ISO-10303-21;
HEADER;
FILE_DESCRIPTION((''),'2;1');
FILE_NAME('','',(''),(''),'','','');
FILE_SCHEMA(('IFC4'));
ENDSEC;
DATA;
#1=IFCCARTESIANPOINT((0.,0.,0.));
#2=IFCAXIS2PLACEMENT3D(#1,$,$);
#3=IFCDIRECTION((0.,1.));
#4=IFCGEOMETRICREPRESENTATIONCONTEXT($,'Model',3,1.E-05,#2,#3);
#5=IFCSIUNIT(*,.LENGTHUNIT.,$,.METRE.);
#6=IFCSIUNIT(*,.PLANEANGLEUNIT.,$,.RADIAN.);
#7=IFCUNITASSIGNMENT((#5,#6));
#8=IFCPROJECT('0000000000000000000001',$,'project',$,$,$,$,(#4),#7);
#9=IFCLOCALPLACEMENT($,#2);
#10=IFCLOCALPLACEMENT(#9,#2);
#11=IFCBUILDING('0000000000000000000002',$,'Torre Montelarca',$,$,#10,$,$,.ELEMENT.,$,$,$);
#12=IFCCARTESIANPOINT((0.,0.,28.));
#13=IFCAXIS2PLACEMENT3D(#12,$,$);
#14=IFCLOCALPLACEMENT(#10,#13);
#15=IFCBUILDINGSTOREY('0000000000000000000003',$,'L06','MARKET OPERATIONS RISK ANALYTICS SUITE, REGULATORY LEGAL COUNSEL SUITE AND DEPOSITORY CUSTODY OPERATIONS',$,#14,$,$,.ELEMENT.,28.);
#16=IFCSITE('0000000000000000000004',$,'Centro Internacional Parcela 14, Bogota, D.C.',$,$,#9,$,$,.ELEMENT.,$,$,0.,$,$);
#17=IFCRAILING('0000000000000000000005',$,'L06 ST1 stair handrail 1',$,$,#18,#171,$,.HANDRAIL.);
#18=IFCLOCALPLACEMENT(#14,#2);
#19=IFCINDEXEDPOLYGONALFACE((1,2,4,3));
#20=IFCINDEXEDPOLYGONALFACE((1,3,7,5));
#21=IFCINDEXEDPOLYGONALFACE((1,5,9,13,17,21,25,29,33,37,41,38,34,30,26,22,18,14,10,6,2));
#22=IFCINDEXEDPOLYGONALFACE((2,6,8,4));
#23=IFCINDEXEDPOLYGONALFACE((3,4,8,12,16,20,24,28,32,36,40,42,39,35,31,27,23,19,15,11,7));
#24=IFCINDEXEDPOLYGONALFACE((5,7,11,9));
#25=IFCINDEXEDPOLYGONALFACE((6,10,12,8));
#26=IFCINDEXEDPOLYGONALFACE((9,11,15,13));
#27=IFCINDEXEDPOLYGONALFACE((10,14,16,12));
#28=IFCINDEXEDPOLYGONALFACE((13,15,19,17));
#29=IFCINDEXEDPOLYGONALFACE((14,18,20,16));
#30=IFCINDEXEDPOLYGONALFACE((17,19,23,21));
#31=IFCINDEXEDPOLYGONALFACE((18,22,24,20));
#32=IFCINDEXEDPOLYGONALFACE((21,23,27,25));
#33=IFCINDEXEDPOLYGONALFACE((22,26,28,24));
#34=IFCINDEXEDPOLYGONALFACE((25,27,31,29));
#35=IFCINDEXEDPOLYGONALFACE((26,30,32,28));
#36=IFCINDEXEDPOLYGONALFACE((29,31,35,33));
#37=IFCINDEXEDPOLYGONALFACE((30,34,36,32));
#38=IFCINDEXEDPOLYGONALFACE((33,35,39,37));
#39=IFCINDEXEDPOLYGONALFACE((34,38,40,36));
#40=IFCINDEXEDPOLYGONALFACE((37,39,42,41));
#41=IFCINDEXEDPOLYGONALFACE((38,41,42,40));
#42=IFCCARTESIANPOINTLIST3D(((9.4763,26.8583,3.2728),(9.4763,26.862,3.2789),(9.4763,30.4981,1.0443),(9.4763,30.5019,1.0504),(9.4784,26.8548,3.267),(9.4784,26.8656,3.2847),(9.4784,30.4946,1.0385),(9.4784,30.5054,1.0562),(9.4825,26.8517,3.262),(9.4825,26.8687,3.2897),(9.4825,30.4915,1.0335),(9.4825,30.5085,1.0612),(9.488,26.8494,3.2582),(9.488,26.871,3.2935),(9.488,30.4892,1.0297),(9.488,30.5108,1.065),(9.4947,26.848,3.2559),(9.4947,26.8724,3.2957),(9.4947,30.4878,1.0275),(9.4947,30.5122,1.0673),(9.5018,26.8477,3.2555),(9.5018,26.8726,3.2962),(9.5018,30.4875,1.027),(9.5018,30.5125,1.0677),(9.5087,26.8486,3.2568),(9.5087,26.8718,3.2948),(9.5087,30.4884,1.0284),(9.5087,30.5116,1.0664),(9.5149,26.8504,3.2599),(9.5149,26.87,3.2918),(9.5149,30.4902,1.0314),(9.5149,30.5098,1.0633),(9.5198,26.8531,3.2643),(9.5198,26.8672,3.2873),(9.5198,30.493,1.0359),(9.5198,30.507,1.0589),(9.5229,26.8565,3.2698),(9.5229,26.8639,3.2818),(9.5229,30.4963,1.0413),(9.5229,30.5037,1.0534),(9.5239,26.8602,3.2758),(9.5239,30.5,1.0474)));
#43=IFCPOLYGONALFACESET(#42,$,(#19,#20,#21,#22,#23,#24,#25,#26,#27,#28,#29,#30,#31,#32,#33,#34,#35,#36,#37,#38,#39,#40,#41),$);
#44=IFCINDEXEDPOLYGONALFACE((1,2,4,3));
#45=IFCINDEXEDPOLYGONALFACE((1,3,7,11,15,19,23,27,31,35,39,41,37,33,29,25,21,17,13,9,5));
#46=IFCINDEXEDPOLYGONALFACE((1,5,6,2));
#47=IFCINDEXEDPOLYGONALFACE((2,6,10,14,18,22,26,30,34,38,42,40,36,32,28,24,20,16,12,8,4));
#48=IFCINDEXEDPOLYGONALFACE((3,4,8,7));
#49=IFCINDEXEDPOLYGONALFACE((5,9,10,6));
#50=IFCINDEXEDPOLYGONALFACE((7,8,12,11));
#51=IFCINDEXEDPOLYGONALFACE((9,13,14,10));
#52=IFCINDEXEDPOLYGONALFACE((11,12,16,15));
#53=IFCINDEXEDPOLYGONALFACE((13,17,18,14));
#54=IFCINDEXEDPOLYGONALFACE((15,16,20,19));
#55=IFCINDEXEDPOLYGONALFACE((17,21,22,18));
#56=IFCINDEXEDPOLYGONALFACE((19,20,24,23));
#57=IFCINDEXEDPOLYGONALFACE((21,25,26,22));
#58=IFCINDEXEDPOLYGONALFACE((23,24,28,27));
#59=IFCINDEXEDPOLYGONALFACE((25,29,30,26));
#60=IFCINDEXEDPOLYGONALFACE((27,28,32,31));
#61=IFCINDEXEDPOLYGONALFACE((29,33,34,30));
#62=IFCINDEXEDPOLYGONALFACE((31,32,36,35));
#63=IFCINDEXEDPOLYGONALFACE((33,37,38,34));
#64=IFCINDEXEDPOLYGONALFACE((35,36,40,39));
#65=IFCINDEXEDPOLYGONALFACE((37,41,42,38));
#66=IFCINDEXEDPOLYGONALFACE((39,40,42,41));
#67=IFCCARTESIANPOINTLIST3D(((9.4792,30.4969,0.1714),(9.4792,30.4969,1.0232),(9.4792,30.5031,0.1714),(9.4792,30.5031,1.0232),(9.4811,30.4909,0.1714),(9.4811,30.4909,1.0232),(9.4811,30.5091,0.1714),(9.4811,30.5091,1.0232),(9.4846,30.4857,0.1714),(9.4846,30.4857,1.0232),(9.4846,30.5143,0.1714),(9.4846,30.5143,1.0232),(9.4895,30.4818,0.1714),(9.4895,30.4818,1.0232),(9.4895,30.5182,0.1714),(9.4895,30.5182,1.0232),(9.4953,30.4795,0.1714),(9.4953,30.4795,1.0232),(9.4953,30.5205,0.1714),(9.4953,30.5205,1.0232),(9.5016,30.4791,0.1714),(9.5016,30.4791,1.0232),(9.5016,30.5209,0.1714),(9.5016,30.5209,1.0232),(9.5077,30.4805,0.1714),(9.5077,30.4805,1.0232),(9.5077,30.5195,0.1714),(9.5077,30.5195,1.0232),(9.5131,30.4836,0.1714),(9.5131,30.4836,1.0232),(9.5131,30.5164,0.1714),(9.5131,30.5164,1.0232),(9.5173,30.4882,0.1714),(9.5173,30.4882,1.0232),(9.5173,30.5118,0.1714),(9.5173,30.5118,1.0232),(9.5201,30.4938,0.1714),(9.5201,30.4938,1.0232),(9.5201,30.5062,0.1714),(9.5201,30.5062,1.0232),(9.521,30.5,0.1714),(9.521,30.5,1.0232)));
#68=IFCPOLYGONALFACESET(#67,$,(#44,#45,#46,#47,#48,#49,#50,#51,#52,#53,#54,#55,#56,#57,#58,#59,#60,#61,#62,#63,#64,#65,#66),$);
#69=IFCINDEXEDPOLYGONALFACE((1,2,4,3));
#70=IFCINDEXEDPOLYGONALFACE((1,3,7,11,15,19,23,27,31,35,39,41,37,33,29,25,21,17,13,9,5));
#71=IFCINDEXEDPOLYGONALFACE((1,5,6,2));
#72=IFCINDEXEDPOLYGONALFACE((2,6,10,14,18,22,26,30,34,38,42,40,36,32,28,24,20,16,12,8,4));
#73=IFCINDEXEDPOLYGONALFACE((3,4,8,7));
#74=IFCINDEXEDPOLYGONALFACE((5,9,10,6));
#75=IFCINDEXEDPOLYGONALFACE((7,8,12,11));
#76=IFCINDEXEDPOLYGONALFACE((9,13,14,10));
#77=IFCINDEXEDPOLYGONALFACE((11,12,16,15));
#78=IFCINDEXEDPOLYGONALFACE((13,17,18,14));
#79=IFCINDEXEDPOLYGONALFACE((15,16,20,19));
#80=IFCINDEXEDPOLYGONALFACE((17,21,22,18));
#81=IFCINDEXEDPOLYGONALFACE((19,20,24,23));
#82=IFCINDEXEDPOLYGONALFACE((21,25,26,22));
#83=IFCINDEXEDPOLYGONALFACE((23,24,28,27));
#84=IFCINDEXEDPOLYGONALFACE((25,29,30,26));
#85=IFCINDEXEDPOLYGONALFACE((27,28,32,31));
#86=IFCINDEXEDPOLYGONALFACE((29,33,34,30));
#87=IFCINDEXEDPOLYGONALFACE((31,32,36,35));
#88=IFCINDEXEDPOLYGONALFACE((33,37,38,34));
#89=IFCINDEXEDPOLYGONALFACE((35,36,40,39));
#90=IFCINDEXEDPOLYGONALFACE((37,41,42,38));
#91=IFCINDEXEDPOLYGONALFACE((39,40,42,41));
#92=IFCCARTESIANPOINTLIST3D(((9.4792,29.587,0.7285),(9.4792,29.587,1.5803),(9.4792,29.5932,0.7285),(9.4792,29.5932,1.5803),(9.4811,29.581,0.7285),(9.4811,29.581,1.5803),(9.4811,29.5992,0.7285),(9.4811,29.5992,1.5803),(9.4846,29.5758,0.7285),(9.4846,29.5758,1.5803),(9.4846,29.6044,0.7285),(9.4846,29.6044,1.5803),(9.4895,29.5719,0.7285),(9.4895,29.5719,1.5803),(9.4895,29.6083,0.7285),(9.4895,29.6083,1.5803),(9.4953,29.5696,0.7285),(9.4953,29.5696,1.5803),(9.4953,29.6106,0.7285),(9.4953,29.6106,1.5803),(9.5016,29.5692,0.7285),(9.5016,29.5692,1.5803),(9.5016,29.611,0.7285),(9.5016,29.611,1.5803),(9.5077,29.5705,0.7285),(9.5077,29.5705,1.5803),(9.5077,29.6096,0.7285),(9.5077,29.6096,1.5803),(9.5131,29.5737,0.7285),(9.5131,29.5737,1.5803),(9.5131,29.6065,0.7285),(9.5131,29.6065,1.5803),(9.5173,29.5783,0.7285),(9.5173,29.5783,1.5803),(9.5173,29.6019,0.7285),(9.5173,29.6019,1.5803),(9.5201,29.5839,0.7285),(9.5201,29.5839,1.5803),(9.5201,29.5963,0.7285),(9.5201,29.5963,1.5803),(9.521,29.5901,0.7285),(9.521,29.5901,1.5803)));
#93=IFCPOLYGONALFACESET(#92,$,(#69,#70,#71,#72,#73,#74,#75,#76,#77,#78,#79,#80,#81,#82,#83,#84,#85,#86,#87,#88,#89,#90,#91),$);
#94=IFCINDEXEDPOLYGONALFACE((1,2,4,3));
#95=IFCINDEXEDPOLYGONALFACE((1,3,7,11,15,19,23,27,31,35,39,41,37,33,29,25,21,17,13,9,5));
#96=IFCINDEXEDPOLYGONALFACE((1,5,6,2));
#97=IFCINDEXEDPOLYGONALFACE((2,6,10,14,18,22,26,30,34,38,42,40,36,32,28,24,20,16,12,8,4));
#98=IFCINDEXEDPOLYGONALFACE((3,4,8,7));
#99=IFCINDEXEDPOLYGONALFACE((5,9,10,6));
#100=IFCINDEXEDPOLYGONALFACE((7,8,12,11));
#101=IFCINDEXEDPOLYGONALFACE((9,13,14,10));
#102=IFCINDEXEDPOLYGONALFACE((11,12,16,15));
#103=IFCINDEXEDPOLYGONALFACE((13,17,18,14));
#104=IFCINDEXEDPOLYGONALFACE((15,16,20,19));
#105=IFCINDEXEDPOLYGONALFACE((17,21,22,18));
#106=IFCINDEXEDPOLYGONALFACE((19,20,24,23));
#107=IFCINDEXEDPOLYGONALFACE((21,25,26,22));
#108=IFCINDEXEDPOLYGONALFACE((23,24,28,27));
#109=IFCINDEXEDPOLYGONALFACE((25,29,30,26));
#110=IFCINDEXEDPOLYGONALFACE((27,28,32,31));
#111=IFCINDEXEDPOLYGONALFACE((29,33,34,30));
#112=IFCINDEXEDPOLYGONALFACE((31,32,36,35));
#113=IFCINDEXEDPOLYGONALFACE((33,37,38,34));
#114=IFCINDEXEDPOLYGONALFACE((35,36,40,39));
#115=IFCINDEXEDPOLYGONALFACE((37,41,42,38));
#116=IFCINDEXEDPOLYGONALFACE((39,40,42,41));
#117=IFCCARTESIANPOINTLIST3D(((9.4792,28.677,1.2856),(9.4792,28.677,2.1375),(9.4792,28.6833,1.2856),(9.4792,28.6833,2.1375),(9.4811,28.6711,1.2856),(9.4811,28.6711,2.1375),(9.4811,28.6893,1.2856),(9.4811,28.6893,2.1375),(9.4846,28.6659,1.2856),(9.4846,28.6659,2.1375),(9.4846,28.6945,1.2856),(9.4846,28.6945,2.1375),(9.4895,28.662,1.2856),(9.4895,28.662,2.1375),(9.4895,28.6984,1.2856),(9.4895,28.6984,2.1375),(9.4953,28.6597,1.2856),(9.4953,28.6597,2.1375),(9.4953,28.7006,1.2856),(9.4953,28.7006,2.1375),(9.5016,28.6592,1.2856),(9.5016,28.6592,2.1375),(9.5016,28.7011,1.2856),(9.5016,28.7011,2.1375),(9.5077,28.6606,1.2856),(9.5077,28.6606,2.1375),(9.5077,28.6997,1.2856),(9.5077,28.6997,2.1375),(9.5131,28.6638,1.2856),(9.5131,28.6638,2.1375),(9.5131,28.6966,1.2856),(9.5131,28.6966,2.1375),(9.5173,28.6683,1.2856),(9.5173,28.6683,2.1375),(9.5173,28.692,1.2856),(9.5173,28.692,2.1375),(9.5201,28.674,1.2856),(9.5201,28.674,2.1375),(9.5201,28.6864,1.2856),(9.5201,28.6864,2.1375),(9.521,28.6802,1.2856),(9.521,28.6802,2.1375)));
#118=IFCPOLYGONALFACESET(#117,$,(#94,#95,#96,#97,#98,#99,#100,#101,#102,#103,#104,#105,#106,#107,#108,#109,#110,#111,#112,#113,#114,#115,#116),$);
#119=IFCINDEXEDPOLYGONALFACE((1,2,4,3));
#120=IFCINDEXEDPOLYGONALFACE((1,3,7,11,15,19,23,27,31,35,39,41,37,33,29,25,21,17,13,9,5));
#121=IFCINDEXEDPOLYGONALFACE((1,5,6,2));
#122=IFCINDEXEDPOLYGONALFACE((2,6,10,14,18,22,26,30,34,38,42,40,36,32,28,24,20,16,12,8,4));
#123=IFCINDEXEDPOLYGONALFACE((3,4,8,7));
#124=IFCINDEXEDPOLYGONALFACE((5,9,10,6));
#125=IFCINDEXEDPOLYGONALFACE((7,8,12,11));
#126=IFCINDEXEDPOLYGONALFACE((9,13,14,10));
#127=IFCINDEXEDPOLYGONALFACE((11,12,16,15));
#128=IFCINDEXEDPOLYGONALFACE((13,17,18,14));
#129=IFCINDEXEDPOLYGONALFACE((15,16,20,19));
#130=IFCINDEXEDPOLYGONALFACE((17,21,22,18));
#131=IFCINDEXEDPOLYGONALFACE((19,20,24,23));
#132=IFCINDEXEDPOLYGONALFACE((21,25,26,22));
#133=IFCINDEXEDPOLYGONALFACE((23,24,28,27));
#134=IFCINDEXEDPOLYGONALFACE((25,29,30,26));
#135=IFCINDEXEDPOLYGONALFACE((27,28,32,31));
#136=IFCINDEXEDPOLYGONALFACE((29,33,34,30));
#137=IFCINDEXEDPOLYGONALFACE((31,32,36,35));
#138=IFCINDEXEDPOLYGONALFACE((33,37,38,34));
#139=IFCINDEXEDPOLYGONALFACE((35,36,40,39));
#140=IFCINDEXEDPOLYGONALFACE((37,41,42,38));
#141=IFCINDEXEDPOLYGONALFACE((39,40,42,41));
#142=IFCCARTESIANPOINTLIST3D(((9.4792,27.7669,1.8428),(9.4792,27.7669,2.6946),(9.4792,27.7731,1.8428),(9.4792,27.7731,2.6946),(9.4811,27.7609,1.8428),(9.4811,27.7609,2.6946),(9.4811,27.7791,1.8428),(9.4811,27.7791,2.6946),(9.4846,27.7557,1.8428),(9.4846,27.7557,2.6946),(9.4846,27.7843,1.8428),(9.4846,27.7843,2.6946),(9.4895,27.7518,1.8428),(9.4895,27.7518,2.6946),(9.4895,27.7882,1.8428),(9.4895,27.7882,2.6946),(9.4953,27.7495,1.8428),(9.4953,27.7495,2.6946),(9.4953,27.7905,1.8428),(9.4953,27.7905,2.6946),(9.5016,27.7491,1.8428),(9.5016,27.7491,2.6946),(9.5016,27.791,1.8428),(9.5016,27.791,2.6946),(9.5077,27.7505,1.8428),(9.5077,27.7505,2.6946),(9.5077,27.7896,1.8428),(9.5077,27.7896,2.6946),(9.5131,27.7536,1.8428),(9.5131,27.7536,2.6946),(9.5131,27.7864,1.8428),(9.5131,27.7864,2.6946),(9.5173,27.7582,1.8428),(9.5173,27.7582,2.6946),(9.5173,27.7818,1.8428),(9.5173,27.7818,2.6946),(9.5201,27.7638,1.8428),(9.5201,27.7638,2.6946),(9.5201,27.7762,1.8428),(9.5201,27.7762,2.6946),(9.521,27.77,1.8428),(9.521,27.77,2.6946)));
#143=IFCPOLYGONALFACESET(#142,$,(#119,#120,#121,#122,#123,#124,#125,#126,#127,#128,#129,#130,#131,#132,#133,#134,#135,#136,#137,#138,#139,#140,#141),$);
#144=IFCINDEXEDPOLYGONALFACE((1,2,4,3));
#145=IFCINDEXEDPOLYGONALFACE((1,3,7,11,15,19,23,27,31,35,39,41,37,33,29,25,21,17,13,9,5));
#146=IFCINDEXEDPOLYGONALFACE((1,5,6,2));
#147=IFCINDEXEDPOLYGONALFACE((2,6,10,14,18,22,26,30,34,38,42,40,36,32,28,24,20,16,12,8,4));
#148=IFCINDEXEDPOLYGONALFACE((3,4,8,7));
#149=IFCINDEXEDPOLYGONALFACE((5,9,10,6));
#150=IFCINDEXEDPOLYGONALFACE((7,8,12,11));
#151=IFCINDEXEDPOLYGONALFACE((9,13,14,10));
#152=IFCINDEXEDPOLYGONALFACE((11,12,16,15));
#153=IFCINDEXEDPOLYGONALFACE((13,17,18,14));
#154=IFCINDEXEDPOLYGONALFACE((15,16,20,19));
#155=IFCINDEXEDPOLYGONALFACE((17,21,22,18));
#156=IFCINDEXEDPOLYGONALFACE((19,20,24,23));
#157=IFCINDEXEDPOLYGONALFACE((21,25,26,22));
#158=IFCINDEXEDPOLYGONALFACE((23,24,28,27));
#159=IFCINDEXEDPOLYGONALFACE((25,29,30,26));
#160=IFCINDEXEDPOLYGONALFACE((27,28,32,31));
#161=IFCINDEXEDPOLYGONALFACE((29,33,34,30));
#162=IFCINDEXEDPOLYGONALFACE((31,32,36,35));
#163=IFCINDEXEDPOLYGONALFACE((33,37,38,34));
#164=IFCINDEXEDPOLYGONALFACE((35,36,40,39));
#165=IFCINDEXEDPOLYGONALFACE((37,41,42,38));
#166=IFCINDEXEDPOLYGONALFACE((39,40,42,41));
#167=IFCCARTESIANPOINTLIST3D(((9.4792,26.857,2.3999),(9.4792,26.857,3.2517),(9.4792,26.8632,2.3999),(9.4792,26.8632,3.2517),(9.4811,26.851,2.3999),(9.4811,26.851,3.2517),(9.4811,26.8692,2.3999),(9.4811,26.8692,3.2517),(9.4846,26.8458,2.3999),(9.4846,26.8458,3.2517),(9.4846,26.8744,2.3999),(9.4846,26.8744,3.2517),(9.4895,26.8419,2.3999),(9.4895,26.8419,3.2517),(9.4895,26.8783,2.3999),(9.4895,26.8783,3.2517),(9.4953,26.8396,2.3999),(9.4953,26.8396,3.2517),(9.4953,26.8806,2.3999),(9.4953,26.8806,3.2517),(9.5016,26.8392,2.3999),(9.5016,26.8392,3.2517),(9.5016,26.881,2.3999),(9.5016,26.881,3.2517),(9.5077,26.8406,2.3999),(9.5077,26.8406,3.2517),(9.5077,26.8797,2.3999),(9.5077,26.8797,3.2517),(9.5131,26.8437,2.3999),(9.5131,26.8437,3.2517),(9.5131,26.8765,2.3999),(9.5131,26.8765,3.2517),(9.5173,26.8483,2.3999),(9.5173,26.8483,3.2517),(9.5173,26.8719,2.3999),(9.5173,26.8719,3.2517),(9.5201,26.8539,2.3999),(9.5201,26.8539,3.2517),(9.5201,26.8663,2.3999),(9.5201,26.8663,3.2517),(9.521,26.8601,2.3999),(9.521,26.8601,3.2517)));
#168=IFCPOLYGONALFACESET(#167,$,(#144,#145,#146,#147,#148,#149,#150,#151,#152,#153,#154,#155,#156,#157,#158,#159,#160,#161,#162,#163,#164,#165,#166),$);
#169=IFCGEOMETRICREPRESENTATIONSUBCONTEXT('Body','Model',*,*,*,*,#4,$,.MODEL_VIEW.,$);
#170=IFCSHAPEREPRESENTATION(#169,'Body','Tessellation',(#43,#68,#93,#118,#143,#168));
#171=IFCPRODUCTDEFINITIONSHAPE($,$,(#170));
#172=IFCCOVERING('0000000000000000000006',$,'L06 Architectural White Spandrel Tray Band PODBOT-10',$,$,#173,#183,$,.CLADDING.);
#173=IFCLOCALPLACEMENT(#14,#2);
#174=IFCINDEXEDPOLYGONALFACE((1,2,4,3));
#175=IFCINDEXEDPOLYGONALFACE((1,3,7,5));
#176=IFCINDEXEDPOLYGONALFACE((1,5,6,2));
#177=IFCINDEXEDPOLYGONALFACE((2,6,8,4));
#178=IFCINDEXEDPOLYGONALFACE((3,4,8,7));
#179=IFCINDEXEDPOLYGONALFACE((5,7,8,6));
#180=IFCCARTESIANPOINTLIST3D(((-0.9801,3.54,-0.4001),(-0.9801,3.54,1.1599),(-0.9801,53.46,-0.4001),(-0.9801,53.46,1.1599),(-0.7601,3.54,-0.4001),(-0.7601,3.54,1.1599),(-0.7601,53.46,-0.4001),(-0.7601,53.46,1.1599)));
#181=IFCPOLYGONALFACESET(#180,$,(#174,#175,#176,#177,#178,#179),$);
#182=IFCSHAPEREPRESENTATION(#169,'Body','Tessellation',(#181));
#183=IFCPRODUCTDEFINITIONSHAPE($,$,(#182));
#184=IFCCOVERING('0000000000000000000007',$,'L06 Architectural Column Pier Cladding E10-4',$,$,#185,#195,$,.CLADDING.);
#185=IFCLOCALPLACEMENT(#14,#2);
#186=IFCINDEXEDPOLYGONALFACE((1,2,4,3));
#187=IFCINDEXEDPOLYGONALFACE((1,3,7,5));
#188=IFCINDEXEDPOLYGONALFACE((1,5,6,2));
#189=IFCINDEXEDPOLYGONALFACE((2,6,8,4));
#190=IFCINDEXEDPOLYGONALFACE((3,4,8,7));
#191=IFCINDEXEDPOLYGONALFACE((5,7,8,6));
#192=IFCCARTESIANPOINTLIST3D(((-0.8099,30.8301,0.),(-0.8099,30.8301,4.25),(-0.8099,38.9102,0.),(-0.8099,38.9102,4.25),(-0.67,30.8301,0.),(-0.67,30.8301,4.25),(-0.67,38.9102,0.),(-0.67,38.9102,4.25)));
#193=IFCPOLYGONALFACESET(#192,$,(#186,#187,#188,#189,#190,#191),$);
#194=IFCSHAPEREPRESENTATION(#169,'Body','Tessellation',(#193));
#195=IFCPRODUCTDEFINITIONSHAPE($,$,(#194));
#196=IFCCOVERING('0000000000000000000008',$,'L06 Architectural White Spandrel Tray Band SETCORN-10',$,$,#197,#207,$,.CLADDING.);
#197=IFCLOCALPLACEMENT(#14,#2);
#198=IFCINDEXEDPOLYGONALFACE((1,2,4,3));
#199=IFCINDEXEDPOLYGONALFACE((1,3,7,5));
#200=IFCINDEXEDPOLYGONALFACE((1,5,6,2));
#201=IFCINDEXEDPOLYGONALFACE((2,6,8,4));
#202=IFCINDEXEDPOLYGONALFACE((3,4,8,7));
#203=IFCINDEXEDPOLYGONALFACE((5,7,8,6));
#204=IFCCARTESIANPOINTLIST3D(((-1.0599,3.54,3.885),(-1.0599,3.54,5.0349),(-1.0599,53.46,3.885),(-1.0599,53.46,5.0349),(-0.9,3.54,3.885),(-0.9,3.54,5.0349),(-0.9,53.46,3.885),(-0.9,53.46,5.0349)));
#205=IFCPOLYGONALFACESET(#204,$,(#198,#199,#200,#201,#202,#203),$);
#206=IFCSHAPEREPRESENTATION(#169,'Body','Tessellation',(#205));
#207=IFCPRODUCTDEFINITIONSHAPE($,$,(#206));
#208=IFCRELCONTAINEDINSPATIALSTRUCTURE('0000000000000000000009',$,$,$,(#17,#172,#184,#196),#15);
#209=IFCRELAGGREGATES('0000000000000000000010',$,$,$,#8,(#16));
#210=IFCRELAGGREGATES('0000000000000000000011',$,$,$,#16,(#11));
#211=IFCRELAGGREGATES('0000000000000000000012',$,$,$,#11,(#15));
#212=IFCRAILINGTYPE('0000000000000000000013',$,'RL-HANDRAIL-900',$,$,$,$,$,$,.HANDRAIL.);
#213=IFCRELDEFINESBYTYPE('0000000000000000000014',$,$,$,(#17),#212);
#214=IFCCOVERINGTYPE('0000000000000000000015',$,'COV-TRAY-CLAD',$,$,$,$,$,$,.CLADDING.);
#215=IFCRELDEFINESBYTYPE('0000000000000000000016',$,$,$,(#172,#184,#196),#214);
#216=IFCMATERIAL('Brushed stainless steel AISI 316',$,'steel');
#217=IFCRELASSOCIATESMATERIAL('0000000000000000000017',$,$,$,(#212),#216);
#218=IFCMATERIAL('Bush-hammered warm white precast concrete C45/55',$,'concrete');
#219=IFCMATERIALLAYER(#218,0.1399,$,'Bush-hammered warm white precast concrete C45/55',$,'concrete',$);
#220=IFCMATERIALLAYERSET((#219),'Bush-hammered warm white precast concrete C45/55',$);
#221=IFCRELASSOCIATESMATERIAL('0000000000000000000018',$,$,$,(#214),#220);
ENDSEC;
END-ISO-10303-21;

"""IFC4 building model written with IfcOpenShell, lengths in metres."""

from ifc_helpers import new_model, si_unit, direction, frame, origin, origin_2d, place, context, subcontext, project, spatial, rectangle, circle, extrude, source, transform, mapped, material, layer, layer_set, type_object, element, save


model = new_model("IFC4")

# Units and contexts
model_context = context("Model", 3, precision=1e-05, world=origin(), true_north=direction((0.0, 1.0)))
body_context = subcontext(model_context, "Body", "Model", "MODEL_VIEW")
ifc_project = project(units=[si_unit("LENGTHUNIT", "METRE"), si_unit("PLANEANGLEUNIT", "RADIAN")], contexts=[model_context])

# Site, building, storey
site_placement = place(None, origin())
site = spatial("IfcSite", under=ifc_project, at=site_placement, Name="Centro Internacional Parcela 14, Bogota, D.C.", CompositionType="ELEMENT", RefElevation=0.0)
building_placement = place(site_placement, origin())
building = spatial("IfcBuilding", under=site, at=building_placement, Name="Torre Montelarca", CompositionType="ELEMENT")
storey_placement = place(building_placement, frame((0.0, 0.0, 28.0)))
storey = spatial("IfcBuildingStorey", under=building, at=storey_placement, Name="L06", Description="MARKET OPERATIONS RISK ANALYTICS SUITE, REGULATORY LEGAL COUNSEL SUITE AND DEPOSITORY CUSTODY OPERATIONS", CompositionType="ELEMENT", Elevation=28.0)

# Shared definitions
ifc_material_1 = material(Name="Brushed stainless steel AISI 316", Category="steel")

# Railing
railing_type_1 = type_object("IfcRailingType", Name="RL-HANDRAIL-900", PredefinedType="HANDRAIL", material=ifc_material_1)
railing_1_placement = place(storey_placement, frame((9.5, 30.5, 0.1714)))
element("IfcRailing", 1, at=railing_1_placement, inside=storey, type_object=railing_type_1, Name="L06 ST1 stair handrail 1", PredefinedType="HANDRAIL", context=body_context, shape_type="SweptSolid", body=[
    extrude(circle(Radius=0.0239, at=origin_2d()), frame((0.0, 0.0, 0.876), z_axis=(0.0, -0.85285, 0.522156), x_axis=(1.0, 0.0, 0.0)), (0.0, 0.0, 1.0), 4.2678),
    extrude(circle(Radius=0.021, at=origin_2d()), origin(), (0.0, 0.0, 1.0), 0.8518),
    extrude(circle(Radius=0.021, at=origin_2d()), frame((0.0, -0.9099, 0.5571)), (0.0, 0.0, 1.0), 0.8518),
    extrude(circle(Radius=0.021, at=origin_2d()), frame((0.0, -1.8198, 1.1143)), (0.0, 0.0, 1.0), 0.8518),
    extrude(circle(Radius=0.021, at=origin_2d()), frame((0.0, -2.73, 1.6714)), (0.0, 0.0, 1.0), 0.8518),
    extrude(circle(Radius=0.021, at=origin_2d()), frame((0.0, -3.6399, 2.2285)), (0.0, 0.0, 1.0), 0.8518),
])

# Coverings
ifc_material_2 = material(Name="Bush-hammered warm white precast concrete C45/55", Category="concrete")
ifc_layer_1 = layer(ifc_material_2, 0.1399, Name="Bush-hammered warm white precast concrete C45/55", Category="concrete")
ifc_layer_set_1 = layer_set([ifc_layer_1], Name="Bush-hammered warm white precast concrete C45/55")
covering_type = type_object("IfcCoveringType", Name="COV-TRAY-CLAD", PredefinedType="CLADDING", material=ifc_layer_set_1)
shared_shape_1 = source(origin(), body_context, "Body", "SweptSolid", [
    extrude(rectangle(XDim=49.9199, YDim=0.22, at=origin_2d()), origin(), (0.0, 0.0, 1.0), 1.5601),
])
covering_1_placement = place(storey_placement, frame((-0.8701, 28.5, -0.4001), z_axis=(0.0, 0.0, 1.0), x_axis=(0.0, -1.0, 0.0)))
element("IfcCovering", 2, at=covering_1_placement, inside=storey, type_object=covering_type, Name="L06 Architectural White Spandrel Tray Band PODBOT-10", PredefinedType="CLADDING", context=body_context, shape_type="MappedRepresentation", body=[
    mapped(shared_shape_1, transform((0.0, 0.0, 0.0), scale=1.0)),
])
shared_shape_2 = source(origin(), body_context, "Body", "SweptSolid", [
    extrude(rectangle(XDim=8.0801, YDim=0.1399, at=origin_2d()), origin(), (0.0, 0.0, 1.0), 4.25),
])
covering_2_placement = place(storey_placement, frame((-0.74, 34.8701, 0.0), z_axis=(0.0, 0.0, 1.0), x_axis=(0.0, -1.0, 0.0)))
element("IfcCovering", 3, at=covering_2_placement, inside=storey, type_object=covering_type, Name="L06 Architectural Column Pier Cladding E10-4", PredefinedType="CLADDING", context=body_context, shape_type="MappedRepresentation", body=[
    mapped(shared_shape_2, transform((0.0, 0.0, 0.0), scale=1.0)),
])
shared_shape_3 = source(origin(), body_context, "Body", "SweptSolid", [
    extrude(rectangle(XDim=49.9199, YDim=0.1599, at=origin_2d()), origin(), (0.0, 0.0, 1.0), 1.1499),
])
covering_3_placement = place(storey_placement, frame((-0.98, 28.5, 3.885), z_axis=(0.0, 0.0, 1.0), x_axis=(0.0, -1.0, 0.0)))
element("IfcCovering", 4, at=covering_3_placement, inside=storey, type_object=covering_type, Name="L06 Architectural White Spandrel Tray Band SETCORN-10", PredefinedType="CLADDING", context=body_context, shape_type="MappedRepresentation", body=[
    mapped(shared_shape_3, transform((0.0, 0.0, 0.0), scale=1.0)),
])

save(model, "model.ifc")
